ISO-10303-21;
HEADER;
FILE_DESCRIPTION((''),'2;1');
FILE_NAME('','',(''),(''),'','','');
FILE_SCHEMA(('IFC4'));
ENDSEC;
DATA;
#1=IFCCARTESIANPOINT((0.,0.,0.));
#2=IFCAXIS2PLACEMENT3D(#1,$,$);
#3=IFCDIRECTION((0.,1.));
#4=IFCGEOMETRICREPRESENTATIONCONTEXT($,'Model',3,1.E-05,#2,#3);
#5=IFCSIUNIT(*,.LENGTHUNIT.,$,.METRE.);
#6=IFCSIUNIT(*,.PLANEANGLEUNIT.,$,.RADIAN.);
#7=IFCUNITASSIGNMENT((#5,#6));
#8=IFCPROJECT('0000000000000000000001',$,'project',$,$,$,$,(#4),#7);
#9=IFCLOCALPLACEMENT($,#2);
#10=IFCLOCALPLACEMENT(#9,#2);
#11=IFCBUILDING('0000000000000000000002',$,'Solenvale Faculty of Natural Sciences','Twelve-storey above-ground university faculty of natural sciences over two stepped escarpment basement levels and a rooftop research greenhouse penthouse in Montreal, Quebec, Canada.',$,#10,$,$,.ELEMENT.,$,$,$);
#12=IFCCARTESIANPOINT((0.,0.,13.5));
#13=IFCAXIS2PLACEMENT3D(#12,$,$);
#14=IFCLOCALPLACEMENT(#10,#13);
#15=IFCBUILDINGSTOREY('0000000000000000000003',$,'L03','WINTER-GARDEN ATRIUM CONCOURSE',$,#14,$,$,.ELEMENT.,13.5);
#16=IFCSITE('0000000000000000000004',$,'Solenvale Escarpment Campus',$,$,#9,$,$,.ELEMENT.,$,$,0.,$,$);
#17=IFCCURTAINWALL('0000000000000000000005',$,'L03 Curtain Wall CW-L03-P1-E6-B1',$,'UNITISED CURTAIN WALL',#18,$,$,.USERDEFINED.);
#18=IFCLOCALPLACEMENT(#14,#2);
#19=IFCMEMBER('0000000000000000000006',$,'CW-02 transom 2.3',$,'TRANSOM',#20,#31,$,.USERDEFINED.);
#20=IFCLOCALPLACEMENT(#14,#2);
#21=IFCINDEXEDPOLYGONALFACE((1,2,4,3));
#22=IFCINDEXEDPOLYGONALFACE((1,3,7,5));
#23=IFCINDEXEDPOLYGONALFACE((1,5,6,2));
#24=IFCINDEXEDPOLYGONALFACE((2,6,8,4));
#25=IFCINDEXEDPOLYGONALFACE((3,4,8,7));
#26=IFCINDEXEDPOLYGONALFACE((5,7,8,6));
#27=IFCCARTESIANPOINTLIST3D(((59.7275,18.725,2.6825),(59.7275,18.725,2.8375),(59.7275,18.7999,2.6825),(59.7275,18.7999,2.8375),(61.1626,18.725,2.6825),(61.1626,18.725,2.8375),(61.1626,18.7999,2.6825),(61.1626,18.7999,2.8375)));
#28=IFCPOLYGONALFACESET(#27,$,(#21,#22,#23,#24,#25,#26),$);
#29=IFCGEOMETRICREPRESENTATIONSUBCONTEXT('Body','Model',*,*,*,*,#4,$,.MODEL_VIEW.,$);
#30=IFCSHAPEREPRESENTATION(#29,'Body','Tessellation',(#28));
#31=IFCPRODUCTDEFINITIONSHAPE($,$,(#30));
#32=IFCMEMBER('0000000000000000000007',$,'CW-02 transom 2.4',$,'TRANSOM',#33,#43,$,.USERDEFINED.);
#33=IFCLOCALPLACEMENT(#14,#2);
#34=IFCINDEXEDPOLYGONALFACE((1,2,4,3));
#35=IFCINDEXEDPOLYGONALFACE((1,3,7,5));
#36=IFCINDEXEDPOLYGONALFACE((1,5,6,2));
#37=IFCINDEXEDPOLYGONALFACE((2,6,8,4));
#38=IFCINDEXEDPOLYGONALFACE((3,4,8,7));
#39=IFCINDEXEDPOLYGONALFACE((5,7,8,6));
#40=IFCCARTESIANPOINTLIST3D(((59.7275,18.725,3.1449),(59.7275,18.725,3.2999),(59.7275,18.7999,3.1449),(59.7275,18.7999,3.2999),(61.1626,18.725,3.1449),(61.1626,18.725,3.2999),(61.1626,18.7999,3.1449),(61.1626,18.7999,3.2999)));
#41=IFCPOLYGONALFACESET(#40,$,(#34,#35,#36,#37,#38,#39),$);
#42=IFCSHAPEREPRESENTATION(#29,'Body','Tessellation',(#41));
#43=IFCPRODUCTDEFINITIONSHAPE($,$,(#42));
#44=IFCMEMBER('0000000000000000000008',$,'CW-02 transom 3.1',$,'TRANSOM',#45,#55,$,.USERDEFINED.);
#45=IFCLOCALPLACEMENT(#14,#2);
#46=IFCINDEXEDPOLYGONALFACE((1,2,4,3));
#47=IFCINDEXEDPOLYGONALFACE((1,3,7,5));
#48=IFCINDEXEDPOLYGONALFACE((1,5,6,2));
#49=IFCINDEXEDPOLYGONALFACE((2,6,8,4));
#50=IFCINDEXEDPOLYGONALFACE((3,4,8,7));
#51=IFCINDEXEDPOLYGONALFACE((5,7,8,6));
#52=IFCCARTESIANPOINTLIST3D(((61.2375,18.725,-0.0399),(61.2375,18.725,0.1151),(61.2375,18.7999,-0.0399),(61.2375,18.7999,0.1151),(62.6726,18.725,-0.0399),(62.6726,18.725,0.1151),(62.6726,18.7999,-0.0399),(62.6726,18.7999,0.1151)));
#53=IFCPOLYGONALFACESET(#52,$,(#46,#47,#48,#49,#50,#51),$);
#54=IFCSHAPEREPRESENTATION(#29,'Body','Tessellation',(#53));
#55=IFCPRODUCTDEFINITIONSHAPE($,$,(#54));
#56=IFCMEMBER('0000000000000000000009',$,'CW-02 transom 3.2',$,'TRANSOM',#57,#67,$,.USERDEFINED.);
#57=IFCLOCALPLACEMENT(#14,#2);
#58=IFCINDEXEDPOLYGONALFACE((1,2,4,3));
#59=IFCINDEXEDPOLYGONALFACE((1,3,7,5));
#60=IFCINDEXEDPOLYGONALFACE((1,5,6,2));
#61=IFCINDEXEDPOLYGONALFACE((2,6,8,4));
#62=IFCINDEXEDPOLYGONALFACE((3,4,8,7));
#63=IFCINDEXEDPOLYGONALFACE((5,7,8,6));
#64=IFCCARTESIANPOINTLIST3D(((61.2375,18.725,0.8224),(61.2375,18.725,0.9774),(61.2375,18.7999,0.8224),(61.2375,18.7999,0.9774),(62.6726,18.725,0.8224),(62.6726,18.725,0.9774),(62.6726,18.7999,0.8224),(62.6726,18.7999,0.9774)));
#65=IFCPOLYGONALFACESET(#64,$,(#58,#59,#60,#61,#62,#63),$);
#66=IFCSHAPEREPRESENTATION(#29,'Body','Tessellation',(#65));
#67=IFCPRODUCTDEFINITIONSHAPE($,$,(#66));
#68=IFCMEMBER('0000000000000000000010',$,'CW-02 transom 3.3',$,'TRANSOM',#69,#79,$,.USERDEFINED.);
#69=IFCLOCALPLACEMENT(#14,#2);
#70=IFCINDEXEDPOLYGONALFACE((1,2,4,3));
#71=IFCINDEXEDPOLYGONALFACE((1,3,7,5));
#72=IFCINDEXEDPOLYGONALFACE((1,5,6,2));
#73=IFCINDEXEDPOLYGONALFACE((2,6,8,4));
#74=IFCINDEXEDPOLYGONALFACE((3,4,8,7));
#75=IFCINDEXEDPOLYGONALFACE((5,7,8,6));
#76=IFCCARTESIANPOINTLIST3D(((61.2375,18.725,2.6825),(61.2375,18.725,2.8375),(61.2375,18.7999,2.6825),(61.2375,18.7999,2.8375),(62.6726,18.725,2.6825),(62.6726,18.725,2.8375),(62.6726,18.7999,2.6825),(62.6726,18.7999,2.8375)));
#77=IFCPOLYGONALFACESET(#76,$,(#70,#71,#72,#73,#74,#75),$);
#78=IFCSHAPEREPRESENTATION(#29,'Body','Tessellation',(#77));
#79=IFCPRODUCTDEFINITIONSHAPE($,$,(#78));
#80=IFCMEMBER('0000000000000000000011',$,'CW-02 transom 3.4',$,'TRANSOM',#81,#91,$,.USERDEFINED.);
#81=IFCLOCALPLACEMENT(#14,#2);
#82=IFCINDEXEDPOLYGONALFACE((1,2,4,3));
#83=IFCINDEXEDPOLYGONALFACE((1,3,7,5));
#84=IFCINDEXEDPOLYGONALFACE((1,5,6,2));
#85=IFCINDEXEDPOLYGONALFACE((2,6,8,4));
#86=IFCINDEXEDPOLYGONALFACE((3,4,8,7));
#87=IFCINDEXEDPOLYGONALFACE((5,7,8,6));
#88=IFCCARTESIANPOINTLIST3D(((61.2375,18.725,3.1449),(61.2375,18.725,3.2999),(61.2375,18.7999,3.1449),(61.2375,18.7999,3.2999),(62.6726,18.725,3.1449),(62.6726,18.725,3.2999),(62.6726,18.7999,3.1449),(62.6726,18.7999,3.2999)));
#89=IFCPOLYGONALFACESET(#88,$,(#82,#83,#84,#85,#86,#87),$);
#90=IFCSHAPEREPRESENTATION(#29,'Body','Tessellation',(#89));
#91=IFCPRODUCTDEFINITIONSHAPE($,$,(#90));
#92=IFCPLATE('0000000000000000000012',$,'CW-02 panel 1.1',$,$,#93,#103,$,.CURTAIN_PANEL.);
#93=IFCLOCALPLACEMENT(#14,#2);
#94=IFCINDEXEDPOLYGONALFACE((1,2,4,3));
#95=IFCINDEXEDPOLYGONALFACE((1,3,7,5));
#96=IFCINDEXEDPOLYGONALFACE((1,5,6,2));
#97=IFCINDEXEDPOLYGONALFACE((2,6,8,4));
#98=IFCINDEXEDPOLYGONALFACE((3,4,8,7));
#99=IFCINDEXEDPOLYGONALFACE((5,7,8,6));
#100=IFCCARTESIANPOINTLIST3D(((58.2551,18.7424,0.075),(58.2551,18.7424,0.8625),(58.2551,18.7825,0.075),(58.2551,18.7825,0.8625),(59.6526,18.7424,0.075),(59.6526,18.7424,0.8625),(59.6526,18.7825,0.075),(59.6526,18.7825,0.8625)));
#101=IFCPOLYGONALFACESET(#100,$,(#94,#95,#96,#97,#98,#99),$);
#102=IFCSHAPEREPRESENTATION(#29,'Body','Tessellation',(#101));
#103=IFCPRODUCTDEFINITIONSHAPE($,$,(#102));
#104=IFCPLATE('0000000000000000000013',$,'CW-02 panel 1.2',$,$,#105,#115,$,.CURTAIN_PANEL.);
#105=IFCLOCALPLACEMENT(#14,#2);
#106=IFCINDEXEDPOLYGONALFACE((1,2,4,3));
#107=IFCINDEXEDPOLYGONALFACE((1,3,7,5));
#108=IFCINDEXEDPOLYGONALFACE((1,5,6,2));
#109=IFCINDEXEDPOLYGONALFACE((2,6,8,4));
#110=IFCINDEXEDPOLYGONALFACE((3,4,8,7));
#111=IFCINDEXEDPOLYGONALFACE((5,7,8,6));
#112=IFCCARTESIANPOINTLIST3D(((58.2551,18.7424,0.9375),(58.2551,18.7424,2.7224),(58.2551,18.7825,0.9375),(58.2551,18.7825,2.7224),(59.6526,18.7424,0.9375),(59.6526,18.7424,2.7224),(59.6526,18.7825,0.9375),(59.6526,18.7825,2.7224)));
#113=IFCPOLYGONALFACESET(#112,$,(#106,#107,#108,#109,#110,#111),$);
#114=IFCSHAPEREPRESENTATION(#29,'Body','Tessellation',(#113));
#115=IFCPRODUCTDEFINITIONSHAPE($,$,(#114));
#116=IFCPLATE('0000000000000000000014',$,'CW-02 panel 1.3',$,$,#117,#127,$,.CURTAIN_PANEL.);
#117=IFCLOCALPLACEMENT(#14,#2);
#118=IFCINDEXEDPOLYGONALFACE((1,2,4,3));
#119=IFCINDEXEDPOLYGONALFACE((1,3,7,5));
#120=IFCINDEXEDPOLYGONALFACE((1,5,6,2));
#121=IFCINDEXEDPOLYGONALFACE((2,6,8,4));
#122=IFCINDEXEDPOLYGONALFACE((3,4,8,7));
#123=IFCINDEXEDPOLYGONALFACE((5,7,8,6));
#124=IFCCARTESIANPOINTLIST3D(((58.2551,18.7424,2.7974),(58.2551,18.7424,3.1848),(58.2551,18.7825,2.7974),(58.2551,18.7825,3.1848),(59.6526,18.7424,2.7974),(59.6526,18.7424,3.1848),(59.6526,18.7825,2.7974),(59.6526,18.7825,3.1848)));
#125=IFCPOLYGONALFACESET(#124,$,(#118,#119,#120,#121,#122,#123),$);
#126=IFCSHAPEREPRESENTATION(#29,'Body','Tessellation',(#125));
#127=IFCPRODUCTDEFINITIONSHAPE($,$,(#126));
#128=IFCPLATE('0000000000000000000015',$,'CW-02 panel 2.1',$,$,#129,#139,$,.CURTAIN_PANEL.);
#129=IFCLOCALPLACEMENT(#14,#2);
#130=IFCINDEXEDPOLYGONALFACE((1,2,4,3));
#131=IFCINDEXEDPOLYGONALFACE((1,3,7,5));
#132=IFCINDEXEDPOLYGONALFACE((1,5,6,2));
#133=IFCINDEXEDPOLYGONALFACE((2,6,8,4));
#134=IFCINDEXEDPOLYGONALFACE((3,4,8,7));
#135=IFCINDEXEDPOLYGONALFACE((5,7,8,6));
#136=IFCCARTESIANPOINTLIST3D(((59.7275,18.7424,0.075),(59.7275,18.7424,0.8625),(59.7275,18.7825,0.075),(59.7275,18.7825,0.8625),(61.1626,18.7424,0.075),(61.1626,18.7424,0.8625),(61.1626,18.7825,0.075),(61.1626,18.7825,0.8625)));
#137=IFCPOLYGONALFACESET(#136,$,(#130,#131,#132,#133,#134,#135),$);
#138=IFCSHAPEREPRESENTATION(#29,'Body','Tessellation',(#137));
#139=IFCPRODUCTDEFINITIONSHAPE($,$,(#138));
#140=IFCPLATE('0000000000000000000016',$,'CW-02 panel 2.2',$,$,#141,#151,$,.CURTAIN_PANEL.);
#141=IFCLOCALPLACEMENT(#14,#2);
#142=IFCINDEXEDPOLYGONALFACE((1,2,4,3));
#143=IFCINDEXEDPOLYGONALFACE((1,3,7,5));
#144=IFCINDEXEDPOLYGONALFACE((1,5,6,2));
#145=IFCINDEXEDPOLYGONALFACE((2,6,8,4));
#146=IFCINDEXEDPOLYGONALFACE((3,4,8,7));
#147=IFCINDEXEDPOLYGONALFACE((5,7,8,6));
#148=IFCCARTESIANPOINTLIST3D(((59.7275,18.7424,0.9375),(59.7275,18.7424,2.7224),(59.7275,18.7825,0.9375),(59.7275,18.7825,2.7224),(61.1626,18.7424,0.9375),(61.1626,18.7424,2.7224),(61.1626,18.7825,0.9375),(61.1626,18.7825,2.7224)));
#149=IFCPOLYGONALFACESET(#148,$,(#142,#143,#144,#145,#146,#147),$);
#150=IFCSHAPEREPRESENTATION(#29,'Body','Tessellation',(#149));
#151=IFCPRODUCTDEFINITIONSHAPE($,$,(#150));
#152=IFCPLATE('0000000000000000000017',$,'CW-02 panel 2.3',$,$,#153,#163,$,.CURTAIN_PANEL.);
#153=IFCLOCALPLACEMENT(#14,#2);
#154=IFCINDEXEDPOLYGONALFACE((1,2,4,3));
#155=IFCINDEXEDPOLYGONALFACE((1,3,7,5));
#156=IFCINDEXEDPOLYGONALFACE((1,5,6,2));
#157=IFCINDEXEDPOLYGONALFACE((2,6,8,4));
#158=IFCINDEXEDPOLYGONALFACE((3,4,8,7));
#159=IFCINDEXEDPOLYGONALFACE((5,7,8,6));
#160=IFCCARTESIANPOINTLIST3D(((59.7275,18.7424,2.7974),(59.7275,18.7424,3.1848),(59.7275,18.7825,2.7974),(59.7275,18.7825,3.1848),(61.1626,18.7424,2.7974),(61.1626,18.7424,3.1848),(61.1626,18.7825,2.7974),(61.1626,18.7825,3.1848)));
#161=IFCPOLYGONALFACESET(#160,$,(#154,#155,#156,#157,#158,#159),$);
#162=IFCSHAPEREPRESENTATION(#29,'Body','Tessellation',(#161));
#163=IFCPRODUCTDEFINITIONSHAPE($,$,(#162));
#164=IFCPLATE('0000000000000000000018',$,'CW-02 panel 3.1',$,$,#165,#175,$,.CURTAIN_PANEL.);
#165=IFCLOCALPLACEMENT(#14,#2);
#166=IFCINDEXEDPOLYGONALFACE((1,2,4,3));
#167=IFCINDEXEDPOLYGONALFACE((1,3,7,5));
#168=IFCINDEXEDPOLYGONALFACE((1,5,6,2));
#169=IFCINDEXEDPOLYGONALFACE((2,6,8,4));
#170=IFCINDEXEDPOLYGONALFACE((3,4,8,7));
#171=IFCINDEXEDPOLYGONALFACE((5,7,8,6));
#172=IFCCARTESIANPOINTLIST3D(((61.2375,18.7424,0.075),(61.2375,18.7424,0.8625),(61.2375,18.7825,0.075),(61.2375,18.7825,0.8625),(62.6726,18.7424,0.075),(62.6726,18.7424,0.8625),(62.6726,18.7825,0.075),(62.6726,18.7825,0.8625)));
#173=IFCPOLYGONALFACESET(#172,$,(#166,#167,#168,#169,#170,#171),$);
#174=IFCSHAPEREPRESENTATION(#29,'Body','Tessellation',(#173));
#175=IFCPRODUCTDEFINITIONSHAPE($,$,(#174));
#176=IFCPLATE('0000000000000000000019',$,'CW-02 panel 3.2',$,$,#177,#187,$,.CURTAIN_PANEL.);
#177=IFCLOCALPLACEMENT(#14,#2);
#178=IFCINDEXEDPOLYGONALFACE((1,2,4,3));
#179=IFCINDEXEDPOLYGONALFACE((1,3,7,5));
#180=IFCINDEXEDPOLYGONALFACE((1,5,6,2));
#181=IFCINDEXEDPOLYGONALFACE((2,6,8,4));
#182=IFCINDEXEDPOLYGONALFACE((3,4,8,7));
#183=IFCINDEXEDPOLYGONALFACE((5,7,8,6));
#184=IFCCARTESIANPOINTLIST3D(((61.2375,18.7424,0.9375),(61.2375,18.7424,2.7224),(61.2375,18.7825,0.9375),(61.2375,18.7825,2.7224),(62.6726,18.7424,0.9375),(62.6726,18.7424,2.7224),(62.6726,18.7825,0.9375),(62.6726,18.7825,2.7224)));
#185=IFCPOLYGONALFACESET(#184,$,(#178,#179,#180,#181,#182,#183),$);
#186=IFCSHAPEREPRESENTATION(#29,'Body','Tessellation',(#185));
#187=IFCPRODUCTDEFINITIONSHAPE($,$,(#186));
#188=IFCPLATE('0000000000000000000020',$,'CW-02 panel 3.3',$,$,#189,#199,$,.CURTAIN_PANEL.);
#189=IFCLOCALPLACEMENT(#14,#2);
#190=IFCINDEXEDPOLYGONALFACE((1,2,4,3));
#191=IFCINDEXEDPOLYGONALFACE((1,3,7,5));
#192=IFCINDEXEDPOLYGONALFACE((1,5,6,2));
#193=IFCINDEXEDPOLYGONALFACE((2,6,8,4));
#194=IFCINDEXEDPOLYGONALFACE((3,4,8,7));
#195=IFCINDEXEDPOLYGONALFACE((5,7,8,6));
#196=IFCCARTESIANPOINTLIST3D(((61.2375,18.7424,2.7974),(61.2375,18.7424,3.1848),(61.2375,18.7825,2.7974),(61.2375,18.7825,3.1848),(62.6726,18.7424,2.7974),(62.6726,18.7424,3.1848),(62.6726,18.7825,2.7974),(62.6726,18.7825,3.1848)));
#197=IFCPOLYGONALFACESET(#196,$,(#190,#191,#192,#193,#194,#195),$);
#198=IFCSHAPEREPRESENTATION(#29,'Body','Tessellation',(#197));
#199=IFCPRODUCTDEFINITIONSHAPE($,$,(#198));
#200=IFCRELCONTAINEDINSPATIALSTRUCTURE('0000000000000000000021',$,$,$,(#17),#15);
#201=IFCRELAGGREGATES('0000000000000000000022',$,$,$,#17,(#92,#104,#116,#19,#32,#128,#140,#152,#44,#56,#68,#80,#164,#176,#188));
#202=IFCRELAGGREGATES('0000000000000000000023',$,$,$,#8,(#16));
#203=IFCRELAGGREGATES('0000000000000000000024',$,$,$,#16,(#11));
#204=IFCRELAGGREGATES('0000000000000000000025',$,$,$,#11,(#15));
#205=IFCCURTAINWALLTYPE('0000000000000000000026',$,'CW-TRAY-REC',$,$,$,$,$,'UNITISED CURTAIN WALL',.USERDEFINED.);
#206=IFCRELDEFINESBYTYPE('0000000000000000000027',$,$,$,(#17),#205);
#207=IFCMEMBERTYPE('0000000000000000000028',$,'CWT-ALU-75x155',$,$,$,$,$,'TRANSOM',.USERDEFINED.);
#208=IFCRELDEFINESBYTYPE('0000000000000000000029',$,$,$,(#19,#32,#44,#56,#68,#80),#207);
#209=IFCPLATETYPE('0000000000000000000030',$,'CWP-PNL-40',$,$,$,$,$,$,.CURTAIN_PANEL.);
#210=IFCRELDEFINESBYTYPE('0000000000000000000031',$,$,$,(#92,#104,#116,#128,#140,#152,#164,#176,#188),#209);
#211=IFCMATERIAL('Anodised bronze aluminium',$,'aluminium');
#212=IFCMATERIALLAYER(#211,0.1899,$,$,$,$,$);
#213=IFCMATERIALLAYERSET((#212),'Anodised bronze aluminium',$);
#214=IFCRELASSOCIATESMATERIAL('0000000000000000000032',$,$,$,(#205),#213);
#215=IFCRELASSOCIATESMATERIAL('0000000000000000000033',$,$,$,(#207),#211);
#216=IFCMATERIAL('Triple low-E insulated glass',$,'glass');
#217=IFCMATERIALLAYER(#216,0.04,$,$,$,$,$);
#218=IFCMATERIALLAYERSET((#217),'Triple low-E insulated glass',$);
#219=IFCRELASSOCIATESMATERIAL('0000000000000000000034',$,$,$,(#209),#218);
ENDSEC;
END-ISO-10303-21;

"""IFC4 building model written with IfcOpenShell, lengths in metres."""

from ifc_helpers import new_model, si_unit, direction, frame, origin, origin_2d, place, context, subcontext, project, spatial, rectangle, extrude, material, layer, layer_set, material_profile, profile_set, type_object, element, aggregate, save


model = new_model("IFC4")

# Units and contexts
model_context = context("Model", 3, precision=1e-05, world=origin(), true_north=direction((0.0, 1.0)))
body_context = subcontext(model_context, "Body", "Model", "MODEL_VIEW")
ifc_project = project(units=[si_unit("LENGTHUNIT", "METRE"), si_unit("PLANEANGLEUNIT", "RADIAN")], contexts=[model_context])

# Site, building, storey
site_placement = place(None, origin())
site = spatial("IfcSite", under=ifc_project, at=site_placement, Name="Solenvale Escarpment Campus", CompositionType="ELEMENT", RefElevation=0.0)
building_placement = place(site_placement, origin())
building = spatial("IfcBuilding", under=site, at=building_placement, Name="Solenvale Faculty of Natural Sciences", Description="Twelve-storey above-ground university faculty of natural sciences over two stepped escarpment basement levels and a rooftop research greenhouse penthouse in Montreal, Quebec, Canada.", CompositionType="ELEMENT")
storey_placement = place(building_placement, frame((0.0, 0.0, 13.5)))
storey = spatial("IfcBuildingStorey", under=building, at=storey_placement, Name="L03", Description="WINTER-GARDEN ATRIUM CONCOURSE", CompositionType="ELEMENT", Elevation=13.5)

# Curtain wall, members, plates
ifc_material_1 = material(Name="Anodised bronze aluminium", Category="aluminium")
ifc_layer_1 = layer(ifc_material_1, 0.1899)
ifc_layer_set_1 = layer_set([ifc_layer_1], Name="Anodised bronze aluminium")
curtain_wall_type = type_object("IfcCurtainWallType", Name="CW-TRAY-REC", ElementType="UNITISED CURTAIN WALL", PredefinedType="USERDEFINED", material=ifc_layer_set_1)
curtain_wall_placement = place(storey_placement, origin())
curtain_wall = element("IfcCurtainWall", 1, at=curtain_wall_placement, inside=storey, type_object=curtain_wall_type, Name="L03 Curtain Wall CW-L03-P1-E6-B1", ObjectType="UNITISED CURTAIN WALL", PredefinedType="USERDEFINED")
ifc_material_profile_1 = material_profile(ifc_material_1, rectangle(XDim=0.075, YDim=0.155, at=origin_2d()), Name="ALU-TRN-75x155")
ifc_profile_set_1 = profile_set([ifc_material_profile_1], Name="Anodised bronze aluminium")
member_type_1 = type_object("IfcMemberType", Name="CWT-ALU-75x155", ElementType="TRANSOM", PredefinedType="USERDEFINED", material=ifc_profile_set_1)
member_1_placement = place(storey_placement, frame((59.7275, 18.7625, 2.76), z_axis=(1.0, 0.0, 0.0), x_axis=(0.0, 1.0, 0.0)))
member_1 = element("IfcMember", 2, at=member_1_placement, type_object=member_type_1, Name="CW-02 transom 2.3", ObjectType="TRANSOM", PredefinedType="USERDEFINED", context=body_context, shape_type="SweptSolid", body=[
    extrude(rectangle(XDim=0.075, YDim=0.155, at=origin_2d()), origin(), (0.0, 0.0, 1.0), 1.4351),
])
member_2_placement = place(storey_placement, frame((59.7275, 18.7625, 3.2224), z_axis=(1.0, 0.0, 0.0), x_axis=(0.0, 1.0, 0.0)))
member_2 = element("IfcMember", 3, at=member_2_placement, type_object=member_type_1, Name="CW-02 transom 2.4", ObjectType="TRANSOM", PredefinedType="USERDEFINED", context=body_context, shape_type="SweptSolid", body=[
    extrude(rectangle(XDim=0.075, YDim=0.155, at=origin_2d()), origin(), (0.0, 0.0, 1.0), 1.4351),
])
member_3_placement = place(storey_placement, frame((61.2375, 18.7625, 0.0376), z_axis=(1.0, 0.0, 0.0), x_axis=(0.0, 1.0, 0.0)))
member_3 = element("IfcMember", 4, at=member_3_placement, type_object=member_type_1, Name="CW-02 transom 3.1", ObjectType="TRANSOM", PredefinedType="USERDEFINED", context=body_context, shape_type="SweptSolid", body=[
    extrude(rectangle(XDim=0.075, YDim=0.155, at=origin_2d()), origin(), (0.0, 0.0, 1.0), 1.4351),
])
member_4_placement = place(storey_placement, frame((61.2375, 18.7625, 0.8999), z_axis=(1.0, 0.0, 0.0), x_axis=(0.0, 1.0, 0.0)))
member_4 = element("IfcMember", 5, at=member_4_placement, type_object=member_type_1, Name="CW-02 transom 3.2", ObjectType="TRANSOM", PredefinedType="USERDEFINED", context=body_context, shape_type="SweptSolid", body=[
    extrude(rectangle(XDim=0.075, YDim=0.155, at=origin_2d()), origin(), (0.0, 0.0, 1.0), 1.4351),
])
member_5_placement = place(storey_placement, frame((61.2375, 18.7625, 2.76), z_axis=(1.0, 0.0, 0.0), x_axis=(0.0, 1.0, 0.0)))
member_5 = element("IfcMember", 6, at=member_5_placement, type_object=member_type_1, Name="CW-02 transom 3.3", ObjectType="TRANSOM", PredefinedType="USERDEFINED", context=body_context, shape_type="SweptSolid", body=[
    extrude(rectangle(XDim=0.075, YDim=0.155, at=origin_2d()), origin(), (0.0, 0.0, 1.0), 1.4351),
])
member_6_placement = place(storey_placement, frame((61.2375, 18.7625, 3.2224), z_axis=(1.0, 0.0, 0.0), x_axis=(0.0, 1.0, 0.0)))
member_6 = element("IfcMember", 7, at=member_6_placement, type_object=member_type_1, Name="CW-02 transom 3.4", ObjectType="TRANSOM", PredefinedType="USERDEFINED", context=body_context, shape_type="SweptSolid", body=[
    extrude(rectangle(XDim=0.075, YDim=0.155, at=origin_2d()), origin(), (0.0, 0.0, 1.0), 1.4351),
])
ifc_material_2 = material(Name="Triple low-E insulated glass", Category="glass")
ifc_layer_2 = layer(ifc_material_2, 0.04)
ifc_layer_set_2 = layer_set([ifc_layer_2], Name="Triple low-E insulated glass")
plate_type = type_object("IfcPlateType", Name="CWP-PNL-40", PredefinedType="CURTAIN_PANEL", material=ifc_layer_set_2)
plate_1_placement = place(storey_placement, frame((58.9539, 18.7625, 0.075), z_axis=(0.0, 0.0, 1.0), x_axis=(1.0, 0.0, 0.0)))
plate_1 = element("IfcPlate", 8, at=plate_1_placement, type_object=plate_type, Name="CW-02 panel 1.1", PredefinedType="CURTAIN_PANEL", context=body_context, shape_type="SweptSolid", body=[
    extrude(rectangle(XDim=1.3975, YDim=0.04, at=origin_2d()), origin(), (0.0, 0.0, 1.0), 0.7876),
])
plate_2_placement = place(storey_placement, frame((58.9539, 18.7625, 0.9375), z_axis=(0.0, 0.0, 1.0), x_axis=(1.0, 0.0, 0.0)))
plate_2 = element("IfcPlate", 9, at=plate_2_placement, type_object=plate_type, Name="CW-02 panel 1.2", PredefinedType="CURTAIN_PANEL", context=body_context, shape_type="SweptSolid", body=[
    extrude(rectangle(XDim=1.3975, YDim=0.04, at=origin_2d()), origin(), (0.0, 0.0, 1.0), 1.7849),
])
plate_3_placement = place(storey_placement, frame((58.9539, 18.7625, 2.7974), z_axis=(0.0, 0.0, 1.0), x_axis=(1.0, 0.0, 0.0)))
plate_3 = element("IfcPlate", 10, at=plate_3_placement, type_object=plate_type, Name="CW-02 panel 1.3", PredefinedType="CURTAIN_PANEL", context=body_context, shape_type="SweptSolid", body=[
    extrude(rectangle(XDim=1.3975, YDim=0.04, at=origin_2d()), origin(), (0.0, 0.0, 1.0), 0.3875),
])
plate_4_placement = place(storey_placement, frame((60.4451, 18.7625, 0.075), z_axis=(0.0, 0.0, 1.0), x_axis=(1.0, 0.0, 0.0)))
plate_4 = element("IfcPlate", 11, at=plate_4_placement, type_object=plate_type, Name="CW-02 panel 2.1", PredefinedType="CURTAIN_PANEL", context=body_context, shape_type="SweptSolid", body=[
    extrude(rectangle(XDim=1.4351, YDim=0.04, at=origin_2d()), origin(), (0.0, 0.0, 1.0), 0.7876),
])
plate_5_placement = place(storey_placement, frame((60.4451, 18.7625, 0.9375), z_axis=(0.0, 0.0, 1.0), x_axis=(1.0, 0.0, 0.0)))
plate_5 = element("IfcPlate", 12, at=plate_5_placement, type_object=plate_type, Name="CW-02 panel 2.2", PredefinedType="CURTAIN_PANEL", context=body_context, shape_type="SweptSolid", body=[
    extrude(rectangle(XDim=1.4351, YDim=0.04, at=origin_2d()), origin(), (0.0, 0.0, 1.0), 1.7849),
])
plate_6_placement = place(storey_placement, frame((60.4451, 18.7625, 2.7974), z_axis=(0.0, 0.0, 1.0), x_axis=(1.0, 0.0, 0.0)))
plate_6 = element("IfcPlate", 13, at=plate_6_placement, type_object=plate_type, Name="CW-02 panel 2.3", PredefinedType="CURTAIN_PANEL", context=body_context, shape_type="SweptSolid", body=[
    extrude(rectangle(XDim=1.4351, YDim=0.04, at=origin_2d()), origin(), (0.0, 0.0, 1.0), 0.3875),
])
plate_7_placement = place(storey_placement, frame((61.9551, 18.7625, 0.075), z_axis=(0.0, 0.0, 1.0), x_axis=(1.0, 0.0, 0.0)))
plate_7 = element("IfcPlate", 14, at=plate_7_placement, type_object=plate_type, Name="CW-02 panel 3.1", PredefinedType="CURTAIN_PANEL", context=body_context, shape_type="SweptSolid", body=[
    extrude(rectangle(XDim=1.4351, YDim=0.04, at=origin_2d()), origin(), (0.0, 0.0, 1.0), 0.7876),
])
plate_8_placement = place(storey_placement, frame((61.9551, 18.7625, 0.9375), z_axis=(0.0, 0.0, 1.0), x_axis=(1.0, 0.0, 0.0)))
plate_8 = element("IfcPlate", 15, at=plate_8_placement, type_object=plate_type, Name="CW-02 panel 3.2", PredefinedType="CURTAIN_PANEL", context=body_context, shape_type="SweptSolid", body=[
    extrude(rectangle(XDim=1.4351, YDim=0.04, at=origin_2d()), origin(), (0.0, 0.0, 1.0), 1.7849),
])
plate_9_placement = place(storey_placement, frame((61.9551, 18.7625, 2.7974), z_axis=(0.0, 0.0, 1.0), x_axis=(1.0, 0.0, 0.0)))
plate_9 = element("IfcPlate", 16, at=plate_9_placement, type_object=plate_type, Name="CW-02 panel 3.3", PredefinedType="CURTAIN_PANEL", context=body_context, shape_type="SweptSolid", body=[
    extrude(rectangle(XDim=1.4351, YDim=0.04, at=origin_2d()), origin(), (0.0, 0.0, 1.0), 0.3875),
])
aggregate(curtain_wall, [plate_1, plate_2, plate_3, member_1, member_2, plate_4, plate_5, plate_6, member_3, member_4, member_5, member_6, plate_7, plate_8, plate_9])

save(model, "model.ifc")
